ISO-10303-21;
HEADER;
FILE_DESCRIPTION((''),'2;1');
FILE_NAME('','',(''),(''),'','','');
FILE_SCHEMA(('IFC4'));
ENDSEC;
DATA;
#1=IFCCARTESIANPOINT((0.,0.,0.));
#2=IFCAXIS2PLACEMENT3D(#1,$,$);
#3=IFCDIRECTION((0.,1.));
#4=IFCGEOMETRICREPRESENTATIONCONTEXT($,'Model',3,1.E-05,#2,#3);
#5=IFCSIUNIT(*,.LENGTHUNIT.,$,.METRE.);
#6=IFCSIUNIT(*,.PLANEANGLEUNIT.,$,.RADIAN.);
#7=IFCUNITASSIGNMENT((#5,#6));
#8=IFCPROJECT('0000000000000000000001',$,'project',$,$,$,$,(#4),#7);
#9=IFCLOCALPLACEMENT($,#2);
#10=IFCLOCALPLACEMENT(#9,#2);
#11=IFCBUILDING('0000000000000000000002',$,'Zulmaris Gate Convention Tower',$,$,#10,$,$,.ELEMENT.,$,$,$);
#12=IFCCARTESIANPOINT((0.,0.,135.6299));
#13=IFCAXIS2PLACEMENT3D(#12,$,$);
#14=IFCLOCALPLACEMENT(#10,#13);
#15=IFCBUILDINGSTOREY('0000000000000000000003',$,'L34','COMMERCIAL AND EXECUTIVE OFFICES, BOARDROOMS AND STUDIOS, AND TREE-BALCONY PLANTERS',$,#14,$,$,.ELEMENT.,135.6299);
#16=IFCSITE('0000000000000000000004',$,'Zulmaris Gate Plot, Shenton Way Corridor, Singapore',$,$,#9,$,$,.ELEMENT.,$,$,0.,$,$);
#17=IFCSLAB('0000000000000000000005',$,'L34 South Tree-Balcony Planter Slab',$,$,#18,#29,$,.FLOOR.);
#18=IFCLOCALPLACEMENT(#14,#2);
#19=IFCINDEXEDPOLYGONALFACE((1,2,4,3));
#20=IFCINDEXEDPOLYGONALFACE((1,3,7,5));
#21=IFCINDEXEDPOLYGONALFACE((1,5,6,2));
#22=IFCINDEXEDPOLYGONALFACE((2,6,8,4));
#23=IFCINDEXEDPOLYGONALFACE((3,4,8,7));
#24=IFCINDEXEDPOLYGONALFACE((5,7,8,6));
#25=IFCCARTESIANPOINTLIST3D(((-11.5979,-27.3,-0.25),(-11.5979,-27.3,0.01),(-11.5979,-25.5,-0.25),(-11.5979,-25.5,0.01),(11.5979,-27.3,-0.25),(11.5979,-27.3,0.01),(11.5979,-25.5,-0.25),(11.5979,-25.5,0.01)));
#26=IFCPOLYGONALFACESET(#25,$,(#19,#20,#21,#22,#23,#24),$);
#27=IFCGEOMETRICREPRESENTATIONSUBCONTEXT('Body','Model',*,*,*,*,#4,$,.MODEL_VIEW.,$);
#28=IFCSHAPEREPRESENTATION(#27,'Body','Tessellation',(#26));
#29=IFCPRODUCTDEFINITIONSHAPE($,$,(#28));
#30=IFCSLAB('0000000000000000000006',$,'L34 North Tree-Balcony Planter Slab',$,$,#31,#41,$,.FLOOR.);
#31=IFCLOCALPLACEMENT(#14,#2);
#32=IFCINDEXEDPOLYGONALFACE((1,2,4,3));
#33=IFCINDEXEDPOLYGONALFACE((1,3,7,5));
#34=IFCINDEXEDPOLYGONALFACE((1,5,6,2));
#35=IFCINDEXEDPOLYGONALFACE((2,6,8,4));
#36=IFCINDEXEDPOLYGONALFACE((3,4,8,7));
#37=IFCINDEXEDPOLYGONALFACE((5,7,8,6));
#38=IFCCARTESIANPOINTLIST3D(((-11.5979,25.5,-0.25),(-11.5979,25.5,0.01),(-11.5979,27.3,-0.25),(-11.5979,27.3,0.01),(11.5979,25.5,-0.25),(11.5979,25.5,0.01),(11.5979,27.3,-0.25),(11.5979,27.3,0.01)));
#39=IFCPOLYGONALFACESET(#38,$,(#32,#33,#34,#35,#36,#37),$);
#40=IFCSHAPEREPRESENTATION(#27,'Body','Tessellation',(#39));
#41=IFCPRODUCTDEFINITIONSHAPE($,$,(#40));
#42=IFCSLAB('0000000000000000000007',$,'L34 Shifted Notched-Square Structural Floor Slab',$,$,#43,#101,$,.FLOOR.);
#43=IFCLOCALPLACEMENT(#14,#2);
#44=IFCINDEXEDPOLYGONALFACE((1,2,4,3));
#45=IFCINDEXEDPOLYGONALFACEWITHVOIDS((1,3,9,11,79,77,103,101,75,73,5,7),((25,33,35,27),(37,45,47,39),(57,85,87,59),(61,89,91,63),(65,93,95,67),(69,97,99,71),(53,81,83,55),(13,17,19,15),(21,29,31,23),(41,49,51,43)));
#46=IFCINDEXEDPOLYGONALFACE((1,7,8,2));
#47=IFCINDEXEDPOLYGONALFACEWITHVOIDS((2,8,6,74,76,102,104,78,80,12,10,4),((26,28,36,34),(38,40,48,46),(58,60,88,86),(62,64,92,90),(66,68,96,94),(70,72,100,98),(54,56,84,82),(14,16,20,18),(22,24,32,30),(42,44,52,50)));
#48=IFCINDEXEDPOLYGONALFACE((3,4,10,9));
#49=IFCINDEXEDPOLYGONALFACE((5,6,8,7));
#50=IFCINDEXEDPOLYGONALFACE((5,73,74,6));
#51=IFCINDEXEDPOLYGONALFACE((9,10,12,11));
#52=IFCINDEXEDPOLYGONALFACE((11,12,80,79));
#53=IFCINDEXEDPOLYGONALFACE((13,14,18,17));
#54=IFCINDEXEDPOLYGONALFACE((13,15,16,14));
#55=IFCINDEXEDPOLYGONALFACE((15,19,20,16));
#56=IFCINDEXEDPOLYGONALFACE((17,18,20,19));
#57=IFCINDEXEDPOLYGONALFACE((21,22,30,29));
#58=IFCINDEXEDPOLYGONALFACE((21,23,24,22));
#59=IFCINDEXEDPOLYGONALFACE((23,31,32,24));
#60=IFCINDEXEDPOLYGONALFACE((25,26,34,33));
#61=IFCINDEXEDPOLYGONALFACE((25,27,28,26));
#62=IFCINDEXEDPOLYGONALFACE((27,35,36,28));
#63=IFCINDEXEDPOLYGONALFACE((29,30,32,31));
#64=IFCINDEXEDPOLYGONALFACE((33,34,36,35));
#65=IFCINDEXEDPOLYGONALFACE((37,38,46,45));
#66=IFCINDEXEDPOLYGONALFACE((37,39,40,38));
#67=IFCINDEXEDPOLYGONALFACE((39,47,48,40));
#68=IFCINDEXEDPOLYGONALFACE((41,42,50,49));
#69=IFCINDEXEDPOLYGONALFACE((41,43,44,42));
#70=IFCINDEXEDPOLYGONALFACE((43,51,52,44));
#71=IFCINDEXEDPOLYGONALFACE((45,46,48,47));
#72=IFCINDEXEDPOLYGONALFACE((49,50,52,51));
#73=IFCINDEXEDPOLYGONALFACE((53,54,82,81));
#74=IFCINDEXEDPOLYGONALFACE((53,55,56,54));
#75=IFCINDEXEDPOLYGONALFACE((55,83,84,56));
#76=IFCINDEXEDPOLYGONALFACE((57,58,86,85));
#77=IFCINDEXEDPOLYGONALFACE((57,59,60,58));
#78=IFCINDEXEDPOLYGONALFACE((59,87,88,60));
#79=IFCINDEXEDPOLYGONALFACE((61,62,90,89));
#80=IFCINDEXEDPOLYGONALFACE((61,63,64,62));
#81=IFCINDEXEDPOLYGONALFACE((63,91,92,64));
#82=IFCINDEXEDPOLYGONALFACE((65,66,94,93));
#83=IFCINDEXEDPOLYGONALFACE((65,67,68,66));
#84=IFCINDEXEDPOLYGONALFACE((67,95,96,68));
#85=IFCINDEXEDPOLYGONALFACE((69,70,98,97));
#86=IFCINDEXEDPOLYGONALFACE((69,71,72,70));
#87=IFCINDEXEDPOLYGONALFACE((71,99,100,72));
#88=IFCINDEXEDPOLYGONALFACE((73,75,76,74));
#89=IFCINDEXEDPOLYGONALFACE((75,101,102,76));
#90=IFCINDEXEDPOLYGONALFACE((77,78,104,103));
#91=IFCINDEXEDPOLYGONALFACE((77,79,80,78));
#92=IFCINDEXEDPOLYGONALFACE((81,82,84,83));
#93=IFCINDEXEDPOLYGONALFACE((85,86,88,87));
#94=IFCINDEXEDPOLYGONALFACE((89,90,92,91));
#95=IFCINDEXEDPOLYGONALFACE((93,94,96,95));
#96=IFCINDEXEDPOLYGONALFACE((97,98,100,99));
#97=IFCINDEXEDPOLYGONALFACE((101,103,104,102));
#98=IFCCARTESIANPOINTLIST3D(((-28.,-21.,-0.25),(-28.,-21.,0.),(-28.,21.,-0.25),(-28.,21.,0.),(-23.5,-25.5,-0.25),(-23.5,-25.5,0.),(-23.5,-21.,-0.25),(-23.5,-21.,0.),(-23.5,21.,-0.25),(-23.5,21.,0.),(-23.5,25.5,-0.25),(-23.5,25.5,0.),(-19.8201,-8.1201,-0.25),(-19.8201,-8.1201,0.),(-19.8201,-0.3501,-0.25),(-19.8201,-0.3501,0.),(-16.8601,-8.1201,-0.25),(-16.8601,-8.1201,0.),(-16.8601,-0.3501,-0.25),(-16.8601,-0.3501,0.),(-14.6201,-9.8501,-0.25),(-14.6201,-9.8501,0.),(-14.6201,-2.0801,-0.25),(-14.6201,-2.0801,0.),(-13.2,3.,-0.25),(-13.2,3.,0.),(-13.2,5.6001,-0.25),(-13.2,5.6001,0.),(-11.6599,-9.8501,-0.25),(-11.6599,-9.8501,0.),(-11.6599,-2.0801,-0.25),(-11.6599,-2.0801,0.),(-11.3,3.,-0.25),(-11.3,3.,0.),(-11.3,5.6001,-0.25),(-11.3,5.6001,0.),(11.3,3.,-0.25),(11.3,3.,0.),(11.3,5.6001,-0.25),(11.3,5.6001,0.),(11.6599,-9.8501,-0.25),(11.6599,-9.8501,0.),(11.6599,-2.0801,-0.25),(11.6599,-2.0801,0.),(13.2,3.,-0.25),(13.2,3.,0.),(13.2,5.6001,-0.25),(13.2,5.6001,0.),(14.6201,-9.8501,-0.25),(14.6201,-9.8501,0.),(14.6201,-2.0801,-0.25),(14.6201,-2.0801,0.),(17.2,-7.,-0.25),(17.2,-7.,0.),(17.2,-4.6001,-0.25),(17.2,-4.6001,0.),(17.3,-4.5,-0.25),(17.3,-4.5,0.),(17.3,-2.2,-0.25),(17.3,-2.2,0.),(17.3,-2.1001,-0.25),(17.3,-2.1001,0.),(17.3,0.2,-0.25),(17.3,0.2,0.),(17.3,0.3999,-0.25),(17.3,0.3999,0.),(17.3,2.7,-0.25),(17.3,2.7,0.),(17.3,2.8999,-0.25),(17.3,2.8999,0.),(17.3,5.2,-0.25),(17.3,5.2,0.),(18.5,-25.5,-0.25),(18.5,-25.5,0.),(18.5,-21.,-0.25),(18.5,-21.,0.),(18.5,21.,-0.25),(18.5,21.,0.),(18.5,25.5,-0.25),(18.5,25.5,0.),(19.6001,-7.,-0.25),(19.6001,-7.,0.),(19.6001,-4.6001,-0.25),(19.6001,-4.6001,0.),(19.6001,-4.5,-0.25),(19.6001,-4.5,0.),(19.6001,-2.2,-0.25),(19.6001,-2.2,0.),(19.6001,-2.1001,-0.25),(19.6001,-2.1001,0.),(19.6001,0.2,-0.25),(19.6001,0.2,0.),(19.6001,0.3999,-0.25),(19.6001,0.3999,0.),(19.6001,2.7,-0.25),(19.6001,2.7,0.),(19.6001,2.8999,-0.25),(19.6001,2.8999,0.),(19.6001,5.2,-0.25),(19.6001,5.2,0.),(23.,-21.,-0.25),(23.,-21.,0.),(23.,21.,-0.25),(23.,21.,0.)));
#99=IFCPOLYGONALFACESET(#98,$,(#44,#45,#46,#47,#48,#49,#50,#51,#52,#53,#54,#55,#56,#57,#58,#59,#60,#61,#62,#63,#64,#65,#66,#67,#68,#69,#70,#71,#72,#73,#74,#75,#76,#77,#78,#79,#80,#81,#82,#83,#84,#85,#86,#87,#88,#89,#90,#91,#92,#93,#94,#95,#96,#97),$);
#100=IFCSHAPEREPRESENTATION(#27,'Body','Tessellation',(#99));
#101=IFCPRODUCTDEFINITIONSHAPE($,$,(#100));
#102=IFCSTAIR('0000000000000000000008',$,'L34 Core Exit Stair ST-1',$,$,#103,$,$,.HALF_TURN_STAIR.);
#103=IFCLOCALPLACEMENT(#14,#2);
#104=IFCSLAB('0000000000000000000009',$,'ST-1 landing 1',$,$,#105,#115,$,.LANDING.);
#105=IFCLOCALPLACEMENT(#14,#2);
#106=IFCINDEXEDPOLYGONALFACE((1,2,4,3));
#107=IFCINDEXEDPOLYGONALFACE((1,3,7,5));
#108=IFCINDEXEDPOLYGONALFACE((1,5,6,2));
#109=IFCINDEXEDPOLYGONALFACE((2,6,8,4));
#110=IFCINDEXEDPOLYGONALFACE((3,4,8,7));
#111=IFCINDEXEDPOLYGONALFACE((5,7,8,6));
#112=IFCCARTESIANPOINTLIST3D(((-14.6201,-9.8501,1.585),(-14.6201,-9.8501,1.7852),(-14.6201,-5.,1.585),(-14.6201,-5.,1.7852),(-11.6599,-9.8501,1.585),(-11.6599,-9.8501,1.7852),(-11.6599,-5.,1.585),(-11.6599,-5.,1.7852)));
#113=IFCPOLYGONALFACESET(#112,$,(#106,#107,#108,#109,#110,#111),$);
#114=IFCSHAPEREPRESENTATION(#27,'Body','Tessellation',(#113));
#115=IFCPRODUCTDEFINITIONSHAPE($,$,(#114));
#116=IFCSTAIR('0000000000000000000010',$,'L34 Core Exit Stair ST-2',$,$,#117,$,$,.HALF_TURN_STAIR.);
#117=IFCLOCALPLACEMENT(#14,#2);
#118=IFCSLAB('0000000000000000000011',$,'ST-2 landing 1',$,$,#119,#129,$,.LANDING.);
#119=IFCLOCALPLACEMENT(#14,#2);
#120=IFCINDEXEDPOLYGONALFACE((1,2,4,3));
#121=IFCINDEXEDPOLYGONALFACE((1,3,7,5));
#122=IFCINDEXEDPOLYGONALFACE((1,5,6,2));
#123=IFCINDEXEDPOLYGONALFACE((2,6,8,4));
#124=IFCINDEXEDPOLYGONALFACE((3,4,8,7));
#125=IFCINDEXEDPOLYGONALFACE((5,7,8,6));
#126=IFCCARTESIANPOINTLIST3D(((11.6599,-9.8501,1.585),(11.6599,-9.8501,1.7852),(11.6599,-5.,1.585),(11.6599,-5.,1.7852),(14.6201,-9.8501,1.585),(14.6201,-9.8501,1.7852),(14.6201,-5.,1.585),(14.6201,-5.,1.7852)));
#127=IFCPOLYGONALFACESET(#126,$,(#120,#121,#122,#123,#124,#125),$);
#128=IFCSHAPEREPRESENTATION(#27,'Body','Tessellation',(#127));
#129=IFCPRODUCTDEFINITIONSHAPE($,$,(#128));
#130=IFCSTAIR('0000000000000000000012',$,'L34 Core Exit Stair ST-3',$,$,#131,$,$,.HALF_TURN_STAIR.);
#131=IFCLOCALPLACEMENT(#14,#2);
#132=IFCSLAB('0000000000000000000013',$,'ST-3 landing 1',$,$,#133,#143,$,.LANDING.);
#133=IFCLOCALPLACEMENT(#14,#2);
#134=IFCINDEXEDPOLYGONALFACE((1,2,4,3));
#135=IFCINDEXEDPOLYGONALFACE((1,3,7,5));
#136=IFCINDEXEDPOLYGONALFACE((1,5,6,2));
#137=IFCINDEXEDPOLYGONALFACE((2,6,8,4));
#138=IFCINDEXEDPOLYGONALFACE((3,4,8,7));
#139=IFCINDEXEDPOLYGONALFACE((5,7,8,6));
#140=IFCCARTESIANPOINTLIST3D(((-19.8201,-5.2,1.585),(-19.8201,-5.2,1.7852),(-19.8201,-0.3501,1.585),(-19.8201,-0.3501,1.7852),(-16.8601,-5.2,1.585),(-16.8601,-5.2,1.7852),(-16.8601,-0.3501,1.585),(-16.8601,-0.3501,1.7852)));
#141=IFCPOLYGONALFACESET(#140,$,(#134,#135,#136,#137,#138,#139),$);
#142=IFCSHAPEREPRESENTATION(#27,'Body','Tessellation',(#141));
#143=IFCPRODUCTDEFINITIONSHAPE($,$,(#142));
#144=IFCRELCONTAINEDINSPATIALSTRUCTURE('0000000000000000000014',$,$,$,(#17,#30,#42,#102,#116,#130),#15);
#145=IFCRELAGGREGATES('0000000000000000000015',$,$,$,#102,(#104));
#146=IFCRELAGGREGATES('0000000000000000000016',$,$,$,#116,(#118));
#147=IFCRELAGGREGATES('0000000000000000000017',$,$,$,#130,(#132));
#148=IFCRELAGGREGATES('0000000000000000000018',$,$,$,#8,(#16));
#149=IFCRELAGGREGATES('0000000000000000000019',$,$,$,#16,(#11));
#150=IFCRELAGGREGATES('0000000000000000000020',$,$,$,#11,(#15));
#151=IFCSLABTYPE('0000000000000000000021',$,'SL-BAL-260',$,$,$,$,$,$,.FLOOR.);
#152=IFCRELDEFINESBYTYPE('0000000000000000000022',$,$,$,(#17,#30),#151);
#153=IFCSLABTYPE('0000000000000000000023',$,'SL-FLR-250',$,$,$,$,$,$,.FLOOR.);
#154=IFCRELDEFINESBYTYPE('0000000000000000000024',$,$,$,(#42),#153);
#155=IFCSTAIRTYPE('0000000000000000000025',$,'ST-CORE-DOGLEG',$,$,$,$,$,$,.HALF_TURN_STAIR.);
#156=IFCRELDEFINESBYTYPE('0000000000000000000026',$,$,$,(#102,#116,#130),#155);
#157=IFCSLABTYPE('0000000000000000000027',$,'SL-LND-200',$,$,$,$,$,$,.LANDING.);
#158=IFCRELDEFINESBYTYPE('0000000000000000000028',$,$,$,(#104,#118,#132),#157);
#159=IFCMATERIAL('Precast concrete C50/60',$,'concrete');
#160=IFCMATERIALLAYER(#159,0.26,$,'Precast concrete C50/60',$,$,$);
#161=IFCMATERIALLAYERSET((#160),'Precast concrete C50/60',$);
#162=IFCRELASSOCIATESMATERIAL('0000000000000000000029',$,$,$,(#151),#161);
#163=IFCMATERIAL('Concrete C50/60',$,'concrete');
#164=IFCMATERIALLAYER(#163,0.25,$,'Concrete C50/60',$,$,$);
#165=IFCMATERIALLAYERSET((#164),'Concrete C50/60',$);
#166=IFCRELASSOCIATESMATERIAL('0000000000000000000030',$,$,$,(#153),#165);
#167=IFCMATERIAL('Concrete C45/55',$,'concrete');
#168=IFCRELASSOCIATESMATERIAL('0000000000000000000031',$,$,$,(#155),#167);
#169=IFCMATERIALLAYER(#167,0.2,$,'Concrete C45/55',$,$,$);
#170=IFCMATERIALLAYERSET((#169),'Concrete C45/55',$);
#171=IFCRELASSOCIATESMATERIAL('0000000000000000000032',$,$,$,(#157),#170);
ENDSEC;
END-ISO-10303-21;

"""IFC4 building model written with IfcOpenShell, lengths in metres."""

from ifc_helpers import new_model, si_unit, direction, frame, origin, place, context, subcontext, project, spatial, polyline, outline, extrude, material, layer, layer_set, type_object, element, aggregate, save


model = new_model("IFC4")

# Units and contexts
model_context = context("Model", 3, precision=1e-05, world=origin(), true_north=direction((0.0, 1.0)))
body_context = subcontext(model_context, "Body", "Model", "MODEL_VIEW")
ifc_project = project(units=[si_unit("LENGTHUNIT", "METRE"), si_unit("PLANEANGLEUNIT", "RADIAN")], contexts=[model_context])

# Site, building, storey
site_placement = place(None, origin())
site = spatial("IfcSite", under=ifc_project, at=site_placement, Name="Zulmaris Gate Plot, Shenton Way Corridor, Singapore", CompositionType="ELEMENT", RefElevation=0.0)
building_placement = place(site_placement, origin())
building = spatial("IfcBuilding", under=site, at=building_placement, Name="Zulmaris Gate Convention Tower", CompositionType="ELEMENT")
storey_placement = place(building_placement, frame((0.0, 0.0, 135.6299)))
storey = spatial("IfcBuildingStorey", under=building, at=storey_placement, Name="L34", Description="COMMERCIAL AND EXECUTIVE OFFICES, BOARDROOMS AND STUDIOS, AND TREE-BALCONY PLANTERS", CompositionType="ELEMENT", Elevation=135.6299)

# Slabs
ifc_material_1 = material(Name="Precast concrete C50/60", Category="concrete")
ifc_layer_1 = layer(ifc_material_1, 0.26, Name="Precast concrete C50/60")
ifc_layer_set_1 = layer_set([ifc_layer_1], Name="Precast concrete C50/60")
slab_type_1 = type_object("IfcSlabType", Name="SL-BAL-260", PredefinedType="FLOOR", material=ifc_layer_set_1)
slab_1_placement = place(storey_placement, frame((0.0, 0.0, -0.25)))
element("IfcSlab", 1, at=slab_1_placement, inside=storey, type_object=slab_type_1, Name="L34 South Tree-Balcony Planter Slab", PredefinedType="FLOOR", context=body_context, shape_type="SweptSolid", body=[
    extrude(outline(polyline([(-11.5979, -27.3), (-11.5979, -25.5), (11.5979, -25.5), (11.5979, -27.3), (-11.5979, -27.3)])), origin(), (0.0, 0.0, 1.0), 0.26),
])
slab_2_placement = place(storey_placement, frame((0.0, 0.0, -0.25)))
element("IfcSlab", 2, at=slab_2_placement, inside=storey, type_object=slab_type_1, Name="L34 North Tree-Balcony Planter Slab", PredefinedType="FLOOR", context=body_context, shape_type="SweptSolid", body=[
    extrude(outline(polyline([(11.5979, 27.3), (11.5979, 25.5), (-11.5979, 25.5), (-11.5979, 27.3), (11.5979, 27.3)])), origin(), (0.0, 0.0, 1.0), 0.26),
])
ifc_material_2 = material(Name="Concrete C50/60", Category="concrete")
ifc_layer_2 = layer(ifc_material_2, 0.25, Name="Concrete C50/60")
ifc_layer_set_2 = layer_set([ifc_layer_2], Name="Concrete C50/60")
slab_type_2 = type_object("IfcSlabType", Name="SL-FLR-250", PredefinedType="FLOOR", material=ifc_layer_set_2)
slab_3_placement = place(storey_placement, frame((0.0, 0.0, -0.25)))
element("IfcSlab", 3, at=slab_3_placement, inside=storey, type_object=slab_type_2, Name="L34 Shifted Notched-Square Structural Floor Slab", PredefinedType="FLOOR", context=body_context, shape_type="SweptSolid", body=[
    extrude(outline(polyline([(-23.5, -25.5), (18.5, -25.5), (18.5, -21.0), (23.0, -21.0), (23.0, 21.0), (18.5, 21.0), (18.5, 25.5), (-23.5, 25.5), (-23.5, 21.0), (-28.0, 21.0), (-28.0, -21.0), (-23.5, -21.0), (-23.5, -25.5)]), holes=[polyline([(-14.6201, -2.0801), (-14.6201, -9.8501), (-11.6599, -9.8501), (-11.6599, -2.0801), (-14.6201, -2.0801)]), polyline([(11.6599, -2.0801), (11.6599, -9.8501), (14.6201, -9.8501), (14.6201, -2.0801), (11.6599, -2.0801)]), polyline([(-16.8601, -8.1201), (-16.8601, -0.3501), (-19.8201, -0.3501), (-19.8201, -8.1201), (-16.8601, -8.1201)]), polyline([(-13.2, 3.0), (-11.3, 3.0), (-11.3, 5.6001), (-13.2, 5.6001), (-13.2, 3.0)]), polyline([(11.3, 3.0), (13.2, 3.0), (13.2, 5.6001), (11.3, 5.6001), (11.3, 3.0)]), polyline([(17.2, -7.0), (19.6001, -7.0), (19.6001, -4.6001), (17.2, -4.6001), (17.2, -7.0)]), polyline([(17.3, -4.5), (19.6001, -4.5), (19.6001, -2.2), (17.3, -2.2), (17.3, -4.5)]), polyline([(17.3, -2.1001), (19.6001, -2.1001), (19.6001, 0.2), (17.3, 0.2), (17.3, -2.1001)]), polyline([(17.3, 0.3999), (19.6001, 0.3999), (19.6001, 2.7), (17.3, 2.7), (17.3, 0.3999)]), polyline([(17.3, 2.8999), (19.6001, 2.8999), (19.6001, 5.2), (17.3, 5.2), (17.3, 2.8999)])]), origin(), (0.0, 0.0, 1.0), 0.25),
])

# Stairs, slabs
ifc_material_3 = material(Name="Concrete C45/55", Category="concrete")
stair_type = type_object("IfcStairType", Name="ST-CORE-DOGLEG", PredefinedType="HALF_TURN_STAIR", material=ifc_material_3)
stair_1_placement = place(storey_placement, origin())
stair_1 = element("IfcStair", 4, at=stair_1_placement, inside=storey, type_object=stair_type, Name="L34 Core Exit Stair ST-1", PredefinedType="HALF_TURN_STAIR")
ifc_layer_3 = layer(ifc_material_3, 0.2, Name="Concrete C45/55")
ifc_layer_set_3 = layer_set([ifc_layer_3], Name="Concrete C45/55")
slab_type_3 = type_object("IfcSlabType", Name="SL-LND-200", PredefinedType="LANDING", material=ifc_layer_set_3)
slab_4_placement = place(storey_placement, frame((0.0, 0.0, 1.585)))
slab_4 = element("IfcSlab", 5, at=slab_4_placement, type_object=slab_type_3, Name="ST-1 landing 1", PredefinedType="LANDING", context=body_context, shape_type="SweptSolid", body=[
    extrude(outline(polyline([(-14.6201, -5.0), (-14.6201, -9.8501), (-11.6599, -9.8501), (-11.6599, -5.0), (-14.6201, -5.0)])), origin(), (0.0, 0.0, 1.0), 0.2002),
])
aggregate(stair_1, [slab_4])
stair_2_placement = place(storey_placement, origin())
stair_2 = element("IfcStair", 6, at=stair_2_placement, inside=storey, type_object=stair_type, Name="L34 Core Exit Stair ST-2", PredefinedType="HALF_TURN_STAIR")
slab_5_placement = place(storey_placement, frame((0.0, 0.0, 1.585)))
slab_5 = element("IfcSlab", 7, at=slab_5_placement, type_object=slab_type_3, Name="ST-2 landing 1", PredefinedType="LANDING", context=body_context, shape_type="SweptSolid", body=[
    extrude(outline(polyline([(11.6599, -5.0), (11.6599, -9.8501), (14.6201, -9.8501), (14.6201, -5.0), (11.6599, -5.0)])), origin(), (0.0, 0.0, 1.0), 0.2002),
])
aggregate(stair_2, [slab_5])
stair_3_placement = place(storey_placement, origin())
stair_3 = element("IfcStair", 8, at=stair_3_placement, inside=storey, type_object=stair_type, Name="L34 Core Exit Stair ST-3", PredefinedType="HALF_TURN_STAIR")
slab_6_placement = place(storey_placement, frame((0.0, 0.0, 1.585)))
slab_6 = element("IfcSlab", 9, at=slab_6_placement, type_object=slab_type_3, Name="ST-3 landing 1", PredefinedType="LANDING", context=body_context, shape_type="SweptSolid", body=[
    extrude(outline(polyline([(-16.8601, -5.2), (-16.8601, -0.3501), (-19.8201, -0.3501), (-19.8201, -5.2), (-16.8601, -5.2)])), origin(), (0.0, 0.0, 1.0), 0.2002),
])
aggregate(stair_3, [slab_6])

save(model, "model.ifc")
